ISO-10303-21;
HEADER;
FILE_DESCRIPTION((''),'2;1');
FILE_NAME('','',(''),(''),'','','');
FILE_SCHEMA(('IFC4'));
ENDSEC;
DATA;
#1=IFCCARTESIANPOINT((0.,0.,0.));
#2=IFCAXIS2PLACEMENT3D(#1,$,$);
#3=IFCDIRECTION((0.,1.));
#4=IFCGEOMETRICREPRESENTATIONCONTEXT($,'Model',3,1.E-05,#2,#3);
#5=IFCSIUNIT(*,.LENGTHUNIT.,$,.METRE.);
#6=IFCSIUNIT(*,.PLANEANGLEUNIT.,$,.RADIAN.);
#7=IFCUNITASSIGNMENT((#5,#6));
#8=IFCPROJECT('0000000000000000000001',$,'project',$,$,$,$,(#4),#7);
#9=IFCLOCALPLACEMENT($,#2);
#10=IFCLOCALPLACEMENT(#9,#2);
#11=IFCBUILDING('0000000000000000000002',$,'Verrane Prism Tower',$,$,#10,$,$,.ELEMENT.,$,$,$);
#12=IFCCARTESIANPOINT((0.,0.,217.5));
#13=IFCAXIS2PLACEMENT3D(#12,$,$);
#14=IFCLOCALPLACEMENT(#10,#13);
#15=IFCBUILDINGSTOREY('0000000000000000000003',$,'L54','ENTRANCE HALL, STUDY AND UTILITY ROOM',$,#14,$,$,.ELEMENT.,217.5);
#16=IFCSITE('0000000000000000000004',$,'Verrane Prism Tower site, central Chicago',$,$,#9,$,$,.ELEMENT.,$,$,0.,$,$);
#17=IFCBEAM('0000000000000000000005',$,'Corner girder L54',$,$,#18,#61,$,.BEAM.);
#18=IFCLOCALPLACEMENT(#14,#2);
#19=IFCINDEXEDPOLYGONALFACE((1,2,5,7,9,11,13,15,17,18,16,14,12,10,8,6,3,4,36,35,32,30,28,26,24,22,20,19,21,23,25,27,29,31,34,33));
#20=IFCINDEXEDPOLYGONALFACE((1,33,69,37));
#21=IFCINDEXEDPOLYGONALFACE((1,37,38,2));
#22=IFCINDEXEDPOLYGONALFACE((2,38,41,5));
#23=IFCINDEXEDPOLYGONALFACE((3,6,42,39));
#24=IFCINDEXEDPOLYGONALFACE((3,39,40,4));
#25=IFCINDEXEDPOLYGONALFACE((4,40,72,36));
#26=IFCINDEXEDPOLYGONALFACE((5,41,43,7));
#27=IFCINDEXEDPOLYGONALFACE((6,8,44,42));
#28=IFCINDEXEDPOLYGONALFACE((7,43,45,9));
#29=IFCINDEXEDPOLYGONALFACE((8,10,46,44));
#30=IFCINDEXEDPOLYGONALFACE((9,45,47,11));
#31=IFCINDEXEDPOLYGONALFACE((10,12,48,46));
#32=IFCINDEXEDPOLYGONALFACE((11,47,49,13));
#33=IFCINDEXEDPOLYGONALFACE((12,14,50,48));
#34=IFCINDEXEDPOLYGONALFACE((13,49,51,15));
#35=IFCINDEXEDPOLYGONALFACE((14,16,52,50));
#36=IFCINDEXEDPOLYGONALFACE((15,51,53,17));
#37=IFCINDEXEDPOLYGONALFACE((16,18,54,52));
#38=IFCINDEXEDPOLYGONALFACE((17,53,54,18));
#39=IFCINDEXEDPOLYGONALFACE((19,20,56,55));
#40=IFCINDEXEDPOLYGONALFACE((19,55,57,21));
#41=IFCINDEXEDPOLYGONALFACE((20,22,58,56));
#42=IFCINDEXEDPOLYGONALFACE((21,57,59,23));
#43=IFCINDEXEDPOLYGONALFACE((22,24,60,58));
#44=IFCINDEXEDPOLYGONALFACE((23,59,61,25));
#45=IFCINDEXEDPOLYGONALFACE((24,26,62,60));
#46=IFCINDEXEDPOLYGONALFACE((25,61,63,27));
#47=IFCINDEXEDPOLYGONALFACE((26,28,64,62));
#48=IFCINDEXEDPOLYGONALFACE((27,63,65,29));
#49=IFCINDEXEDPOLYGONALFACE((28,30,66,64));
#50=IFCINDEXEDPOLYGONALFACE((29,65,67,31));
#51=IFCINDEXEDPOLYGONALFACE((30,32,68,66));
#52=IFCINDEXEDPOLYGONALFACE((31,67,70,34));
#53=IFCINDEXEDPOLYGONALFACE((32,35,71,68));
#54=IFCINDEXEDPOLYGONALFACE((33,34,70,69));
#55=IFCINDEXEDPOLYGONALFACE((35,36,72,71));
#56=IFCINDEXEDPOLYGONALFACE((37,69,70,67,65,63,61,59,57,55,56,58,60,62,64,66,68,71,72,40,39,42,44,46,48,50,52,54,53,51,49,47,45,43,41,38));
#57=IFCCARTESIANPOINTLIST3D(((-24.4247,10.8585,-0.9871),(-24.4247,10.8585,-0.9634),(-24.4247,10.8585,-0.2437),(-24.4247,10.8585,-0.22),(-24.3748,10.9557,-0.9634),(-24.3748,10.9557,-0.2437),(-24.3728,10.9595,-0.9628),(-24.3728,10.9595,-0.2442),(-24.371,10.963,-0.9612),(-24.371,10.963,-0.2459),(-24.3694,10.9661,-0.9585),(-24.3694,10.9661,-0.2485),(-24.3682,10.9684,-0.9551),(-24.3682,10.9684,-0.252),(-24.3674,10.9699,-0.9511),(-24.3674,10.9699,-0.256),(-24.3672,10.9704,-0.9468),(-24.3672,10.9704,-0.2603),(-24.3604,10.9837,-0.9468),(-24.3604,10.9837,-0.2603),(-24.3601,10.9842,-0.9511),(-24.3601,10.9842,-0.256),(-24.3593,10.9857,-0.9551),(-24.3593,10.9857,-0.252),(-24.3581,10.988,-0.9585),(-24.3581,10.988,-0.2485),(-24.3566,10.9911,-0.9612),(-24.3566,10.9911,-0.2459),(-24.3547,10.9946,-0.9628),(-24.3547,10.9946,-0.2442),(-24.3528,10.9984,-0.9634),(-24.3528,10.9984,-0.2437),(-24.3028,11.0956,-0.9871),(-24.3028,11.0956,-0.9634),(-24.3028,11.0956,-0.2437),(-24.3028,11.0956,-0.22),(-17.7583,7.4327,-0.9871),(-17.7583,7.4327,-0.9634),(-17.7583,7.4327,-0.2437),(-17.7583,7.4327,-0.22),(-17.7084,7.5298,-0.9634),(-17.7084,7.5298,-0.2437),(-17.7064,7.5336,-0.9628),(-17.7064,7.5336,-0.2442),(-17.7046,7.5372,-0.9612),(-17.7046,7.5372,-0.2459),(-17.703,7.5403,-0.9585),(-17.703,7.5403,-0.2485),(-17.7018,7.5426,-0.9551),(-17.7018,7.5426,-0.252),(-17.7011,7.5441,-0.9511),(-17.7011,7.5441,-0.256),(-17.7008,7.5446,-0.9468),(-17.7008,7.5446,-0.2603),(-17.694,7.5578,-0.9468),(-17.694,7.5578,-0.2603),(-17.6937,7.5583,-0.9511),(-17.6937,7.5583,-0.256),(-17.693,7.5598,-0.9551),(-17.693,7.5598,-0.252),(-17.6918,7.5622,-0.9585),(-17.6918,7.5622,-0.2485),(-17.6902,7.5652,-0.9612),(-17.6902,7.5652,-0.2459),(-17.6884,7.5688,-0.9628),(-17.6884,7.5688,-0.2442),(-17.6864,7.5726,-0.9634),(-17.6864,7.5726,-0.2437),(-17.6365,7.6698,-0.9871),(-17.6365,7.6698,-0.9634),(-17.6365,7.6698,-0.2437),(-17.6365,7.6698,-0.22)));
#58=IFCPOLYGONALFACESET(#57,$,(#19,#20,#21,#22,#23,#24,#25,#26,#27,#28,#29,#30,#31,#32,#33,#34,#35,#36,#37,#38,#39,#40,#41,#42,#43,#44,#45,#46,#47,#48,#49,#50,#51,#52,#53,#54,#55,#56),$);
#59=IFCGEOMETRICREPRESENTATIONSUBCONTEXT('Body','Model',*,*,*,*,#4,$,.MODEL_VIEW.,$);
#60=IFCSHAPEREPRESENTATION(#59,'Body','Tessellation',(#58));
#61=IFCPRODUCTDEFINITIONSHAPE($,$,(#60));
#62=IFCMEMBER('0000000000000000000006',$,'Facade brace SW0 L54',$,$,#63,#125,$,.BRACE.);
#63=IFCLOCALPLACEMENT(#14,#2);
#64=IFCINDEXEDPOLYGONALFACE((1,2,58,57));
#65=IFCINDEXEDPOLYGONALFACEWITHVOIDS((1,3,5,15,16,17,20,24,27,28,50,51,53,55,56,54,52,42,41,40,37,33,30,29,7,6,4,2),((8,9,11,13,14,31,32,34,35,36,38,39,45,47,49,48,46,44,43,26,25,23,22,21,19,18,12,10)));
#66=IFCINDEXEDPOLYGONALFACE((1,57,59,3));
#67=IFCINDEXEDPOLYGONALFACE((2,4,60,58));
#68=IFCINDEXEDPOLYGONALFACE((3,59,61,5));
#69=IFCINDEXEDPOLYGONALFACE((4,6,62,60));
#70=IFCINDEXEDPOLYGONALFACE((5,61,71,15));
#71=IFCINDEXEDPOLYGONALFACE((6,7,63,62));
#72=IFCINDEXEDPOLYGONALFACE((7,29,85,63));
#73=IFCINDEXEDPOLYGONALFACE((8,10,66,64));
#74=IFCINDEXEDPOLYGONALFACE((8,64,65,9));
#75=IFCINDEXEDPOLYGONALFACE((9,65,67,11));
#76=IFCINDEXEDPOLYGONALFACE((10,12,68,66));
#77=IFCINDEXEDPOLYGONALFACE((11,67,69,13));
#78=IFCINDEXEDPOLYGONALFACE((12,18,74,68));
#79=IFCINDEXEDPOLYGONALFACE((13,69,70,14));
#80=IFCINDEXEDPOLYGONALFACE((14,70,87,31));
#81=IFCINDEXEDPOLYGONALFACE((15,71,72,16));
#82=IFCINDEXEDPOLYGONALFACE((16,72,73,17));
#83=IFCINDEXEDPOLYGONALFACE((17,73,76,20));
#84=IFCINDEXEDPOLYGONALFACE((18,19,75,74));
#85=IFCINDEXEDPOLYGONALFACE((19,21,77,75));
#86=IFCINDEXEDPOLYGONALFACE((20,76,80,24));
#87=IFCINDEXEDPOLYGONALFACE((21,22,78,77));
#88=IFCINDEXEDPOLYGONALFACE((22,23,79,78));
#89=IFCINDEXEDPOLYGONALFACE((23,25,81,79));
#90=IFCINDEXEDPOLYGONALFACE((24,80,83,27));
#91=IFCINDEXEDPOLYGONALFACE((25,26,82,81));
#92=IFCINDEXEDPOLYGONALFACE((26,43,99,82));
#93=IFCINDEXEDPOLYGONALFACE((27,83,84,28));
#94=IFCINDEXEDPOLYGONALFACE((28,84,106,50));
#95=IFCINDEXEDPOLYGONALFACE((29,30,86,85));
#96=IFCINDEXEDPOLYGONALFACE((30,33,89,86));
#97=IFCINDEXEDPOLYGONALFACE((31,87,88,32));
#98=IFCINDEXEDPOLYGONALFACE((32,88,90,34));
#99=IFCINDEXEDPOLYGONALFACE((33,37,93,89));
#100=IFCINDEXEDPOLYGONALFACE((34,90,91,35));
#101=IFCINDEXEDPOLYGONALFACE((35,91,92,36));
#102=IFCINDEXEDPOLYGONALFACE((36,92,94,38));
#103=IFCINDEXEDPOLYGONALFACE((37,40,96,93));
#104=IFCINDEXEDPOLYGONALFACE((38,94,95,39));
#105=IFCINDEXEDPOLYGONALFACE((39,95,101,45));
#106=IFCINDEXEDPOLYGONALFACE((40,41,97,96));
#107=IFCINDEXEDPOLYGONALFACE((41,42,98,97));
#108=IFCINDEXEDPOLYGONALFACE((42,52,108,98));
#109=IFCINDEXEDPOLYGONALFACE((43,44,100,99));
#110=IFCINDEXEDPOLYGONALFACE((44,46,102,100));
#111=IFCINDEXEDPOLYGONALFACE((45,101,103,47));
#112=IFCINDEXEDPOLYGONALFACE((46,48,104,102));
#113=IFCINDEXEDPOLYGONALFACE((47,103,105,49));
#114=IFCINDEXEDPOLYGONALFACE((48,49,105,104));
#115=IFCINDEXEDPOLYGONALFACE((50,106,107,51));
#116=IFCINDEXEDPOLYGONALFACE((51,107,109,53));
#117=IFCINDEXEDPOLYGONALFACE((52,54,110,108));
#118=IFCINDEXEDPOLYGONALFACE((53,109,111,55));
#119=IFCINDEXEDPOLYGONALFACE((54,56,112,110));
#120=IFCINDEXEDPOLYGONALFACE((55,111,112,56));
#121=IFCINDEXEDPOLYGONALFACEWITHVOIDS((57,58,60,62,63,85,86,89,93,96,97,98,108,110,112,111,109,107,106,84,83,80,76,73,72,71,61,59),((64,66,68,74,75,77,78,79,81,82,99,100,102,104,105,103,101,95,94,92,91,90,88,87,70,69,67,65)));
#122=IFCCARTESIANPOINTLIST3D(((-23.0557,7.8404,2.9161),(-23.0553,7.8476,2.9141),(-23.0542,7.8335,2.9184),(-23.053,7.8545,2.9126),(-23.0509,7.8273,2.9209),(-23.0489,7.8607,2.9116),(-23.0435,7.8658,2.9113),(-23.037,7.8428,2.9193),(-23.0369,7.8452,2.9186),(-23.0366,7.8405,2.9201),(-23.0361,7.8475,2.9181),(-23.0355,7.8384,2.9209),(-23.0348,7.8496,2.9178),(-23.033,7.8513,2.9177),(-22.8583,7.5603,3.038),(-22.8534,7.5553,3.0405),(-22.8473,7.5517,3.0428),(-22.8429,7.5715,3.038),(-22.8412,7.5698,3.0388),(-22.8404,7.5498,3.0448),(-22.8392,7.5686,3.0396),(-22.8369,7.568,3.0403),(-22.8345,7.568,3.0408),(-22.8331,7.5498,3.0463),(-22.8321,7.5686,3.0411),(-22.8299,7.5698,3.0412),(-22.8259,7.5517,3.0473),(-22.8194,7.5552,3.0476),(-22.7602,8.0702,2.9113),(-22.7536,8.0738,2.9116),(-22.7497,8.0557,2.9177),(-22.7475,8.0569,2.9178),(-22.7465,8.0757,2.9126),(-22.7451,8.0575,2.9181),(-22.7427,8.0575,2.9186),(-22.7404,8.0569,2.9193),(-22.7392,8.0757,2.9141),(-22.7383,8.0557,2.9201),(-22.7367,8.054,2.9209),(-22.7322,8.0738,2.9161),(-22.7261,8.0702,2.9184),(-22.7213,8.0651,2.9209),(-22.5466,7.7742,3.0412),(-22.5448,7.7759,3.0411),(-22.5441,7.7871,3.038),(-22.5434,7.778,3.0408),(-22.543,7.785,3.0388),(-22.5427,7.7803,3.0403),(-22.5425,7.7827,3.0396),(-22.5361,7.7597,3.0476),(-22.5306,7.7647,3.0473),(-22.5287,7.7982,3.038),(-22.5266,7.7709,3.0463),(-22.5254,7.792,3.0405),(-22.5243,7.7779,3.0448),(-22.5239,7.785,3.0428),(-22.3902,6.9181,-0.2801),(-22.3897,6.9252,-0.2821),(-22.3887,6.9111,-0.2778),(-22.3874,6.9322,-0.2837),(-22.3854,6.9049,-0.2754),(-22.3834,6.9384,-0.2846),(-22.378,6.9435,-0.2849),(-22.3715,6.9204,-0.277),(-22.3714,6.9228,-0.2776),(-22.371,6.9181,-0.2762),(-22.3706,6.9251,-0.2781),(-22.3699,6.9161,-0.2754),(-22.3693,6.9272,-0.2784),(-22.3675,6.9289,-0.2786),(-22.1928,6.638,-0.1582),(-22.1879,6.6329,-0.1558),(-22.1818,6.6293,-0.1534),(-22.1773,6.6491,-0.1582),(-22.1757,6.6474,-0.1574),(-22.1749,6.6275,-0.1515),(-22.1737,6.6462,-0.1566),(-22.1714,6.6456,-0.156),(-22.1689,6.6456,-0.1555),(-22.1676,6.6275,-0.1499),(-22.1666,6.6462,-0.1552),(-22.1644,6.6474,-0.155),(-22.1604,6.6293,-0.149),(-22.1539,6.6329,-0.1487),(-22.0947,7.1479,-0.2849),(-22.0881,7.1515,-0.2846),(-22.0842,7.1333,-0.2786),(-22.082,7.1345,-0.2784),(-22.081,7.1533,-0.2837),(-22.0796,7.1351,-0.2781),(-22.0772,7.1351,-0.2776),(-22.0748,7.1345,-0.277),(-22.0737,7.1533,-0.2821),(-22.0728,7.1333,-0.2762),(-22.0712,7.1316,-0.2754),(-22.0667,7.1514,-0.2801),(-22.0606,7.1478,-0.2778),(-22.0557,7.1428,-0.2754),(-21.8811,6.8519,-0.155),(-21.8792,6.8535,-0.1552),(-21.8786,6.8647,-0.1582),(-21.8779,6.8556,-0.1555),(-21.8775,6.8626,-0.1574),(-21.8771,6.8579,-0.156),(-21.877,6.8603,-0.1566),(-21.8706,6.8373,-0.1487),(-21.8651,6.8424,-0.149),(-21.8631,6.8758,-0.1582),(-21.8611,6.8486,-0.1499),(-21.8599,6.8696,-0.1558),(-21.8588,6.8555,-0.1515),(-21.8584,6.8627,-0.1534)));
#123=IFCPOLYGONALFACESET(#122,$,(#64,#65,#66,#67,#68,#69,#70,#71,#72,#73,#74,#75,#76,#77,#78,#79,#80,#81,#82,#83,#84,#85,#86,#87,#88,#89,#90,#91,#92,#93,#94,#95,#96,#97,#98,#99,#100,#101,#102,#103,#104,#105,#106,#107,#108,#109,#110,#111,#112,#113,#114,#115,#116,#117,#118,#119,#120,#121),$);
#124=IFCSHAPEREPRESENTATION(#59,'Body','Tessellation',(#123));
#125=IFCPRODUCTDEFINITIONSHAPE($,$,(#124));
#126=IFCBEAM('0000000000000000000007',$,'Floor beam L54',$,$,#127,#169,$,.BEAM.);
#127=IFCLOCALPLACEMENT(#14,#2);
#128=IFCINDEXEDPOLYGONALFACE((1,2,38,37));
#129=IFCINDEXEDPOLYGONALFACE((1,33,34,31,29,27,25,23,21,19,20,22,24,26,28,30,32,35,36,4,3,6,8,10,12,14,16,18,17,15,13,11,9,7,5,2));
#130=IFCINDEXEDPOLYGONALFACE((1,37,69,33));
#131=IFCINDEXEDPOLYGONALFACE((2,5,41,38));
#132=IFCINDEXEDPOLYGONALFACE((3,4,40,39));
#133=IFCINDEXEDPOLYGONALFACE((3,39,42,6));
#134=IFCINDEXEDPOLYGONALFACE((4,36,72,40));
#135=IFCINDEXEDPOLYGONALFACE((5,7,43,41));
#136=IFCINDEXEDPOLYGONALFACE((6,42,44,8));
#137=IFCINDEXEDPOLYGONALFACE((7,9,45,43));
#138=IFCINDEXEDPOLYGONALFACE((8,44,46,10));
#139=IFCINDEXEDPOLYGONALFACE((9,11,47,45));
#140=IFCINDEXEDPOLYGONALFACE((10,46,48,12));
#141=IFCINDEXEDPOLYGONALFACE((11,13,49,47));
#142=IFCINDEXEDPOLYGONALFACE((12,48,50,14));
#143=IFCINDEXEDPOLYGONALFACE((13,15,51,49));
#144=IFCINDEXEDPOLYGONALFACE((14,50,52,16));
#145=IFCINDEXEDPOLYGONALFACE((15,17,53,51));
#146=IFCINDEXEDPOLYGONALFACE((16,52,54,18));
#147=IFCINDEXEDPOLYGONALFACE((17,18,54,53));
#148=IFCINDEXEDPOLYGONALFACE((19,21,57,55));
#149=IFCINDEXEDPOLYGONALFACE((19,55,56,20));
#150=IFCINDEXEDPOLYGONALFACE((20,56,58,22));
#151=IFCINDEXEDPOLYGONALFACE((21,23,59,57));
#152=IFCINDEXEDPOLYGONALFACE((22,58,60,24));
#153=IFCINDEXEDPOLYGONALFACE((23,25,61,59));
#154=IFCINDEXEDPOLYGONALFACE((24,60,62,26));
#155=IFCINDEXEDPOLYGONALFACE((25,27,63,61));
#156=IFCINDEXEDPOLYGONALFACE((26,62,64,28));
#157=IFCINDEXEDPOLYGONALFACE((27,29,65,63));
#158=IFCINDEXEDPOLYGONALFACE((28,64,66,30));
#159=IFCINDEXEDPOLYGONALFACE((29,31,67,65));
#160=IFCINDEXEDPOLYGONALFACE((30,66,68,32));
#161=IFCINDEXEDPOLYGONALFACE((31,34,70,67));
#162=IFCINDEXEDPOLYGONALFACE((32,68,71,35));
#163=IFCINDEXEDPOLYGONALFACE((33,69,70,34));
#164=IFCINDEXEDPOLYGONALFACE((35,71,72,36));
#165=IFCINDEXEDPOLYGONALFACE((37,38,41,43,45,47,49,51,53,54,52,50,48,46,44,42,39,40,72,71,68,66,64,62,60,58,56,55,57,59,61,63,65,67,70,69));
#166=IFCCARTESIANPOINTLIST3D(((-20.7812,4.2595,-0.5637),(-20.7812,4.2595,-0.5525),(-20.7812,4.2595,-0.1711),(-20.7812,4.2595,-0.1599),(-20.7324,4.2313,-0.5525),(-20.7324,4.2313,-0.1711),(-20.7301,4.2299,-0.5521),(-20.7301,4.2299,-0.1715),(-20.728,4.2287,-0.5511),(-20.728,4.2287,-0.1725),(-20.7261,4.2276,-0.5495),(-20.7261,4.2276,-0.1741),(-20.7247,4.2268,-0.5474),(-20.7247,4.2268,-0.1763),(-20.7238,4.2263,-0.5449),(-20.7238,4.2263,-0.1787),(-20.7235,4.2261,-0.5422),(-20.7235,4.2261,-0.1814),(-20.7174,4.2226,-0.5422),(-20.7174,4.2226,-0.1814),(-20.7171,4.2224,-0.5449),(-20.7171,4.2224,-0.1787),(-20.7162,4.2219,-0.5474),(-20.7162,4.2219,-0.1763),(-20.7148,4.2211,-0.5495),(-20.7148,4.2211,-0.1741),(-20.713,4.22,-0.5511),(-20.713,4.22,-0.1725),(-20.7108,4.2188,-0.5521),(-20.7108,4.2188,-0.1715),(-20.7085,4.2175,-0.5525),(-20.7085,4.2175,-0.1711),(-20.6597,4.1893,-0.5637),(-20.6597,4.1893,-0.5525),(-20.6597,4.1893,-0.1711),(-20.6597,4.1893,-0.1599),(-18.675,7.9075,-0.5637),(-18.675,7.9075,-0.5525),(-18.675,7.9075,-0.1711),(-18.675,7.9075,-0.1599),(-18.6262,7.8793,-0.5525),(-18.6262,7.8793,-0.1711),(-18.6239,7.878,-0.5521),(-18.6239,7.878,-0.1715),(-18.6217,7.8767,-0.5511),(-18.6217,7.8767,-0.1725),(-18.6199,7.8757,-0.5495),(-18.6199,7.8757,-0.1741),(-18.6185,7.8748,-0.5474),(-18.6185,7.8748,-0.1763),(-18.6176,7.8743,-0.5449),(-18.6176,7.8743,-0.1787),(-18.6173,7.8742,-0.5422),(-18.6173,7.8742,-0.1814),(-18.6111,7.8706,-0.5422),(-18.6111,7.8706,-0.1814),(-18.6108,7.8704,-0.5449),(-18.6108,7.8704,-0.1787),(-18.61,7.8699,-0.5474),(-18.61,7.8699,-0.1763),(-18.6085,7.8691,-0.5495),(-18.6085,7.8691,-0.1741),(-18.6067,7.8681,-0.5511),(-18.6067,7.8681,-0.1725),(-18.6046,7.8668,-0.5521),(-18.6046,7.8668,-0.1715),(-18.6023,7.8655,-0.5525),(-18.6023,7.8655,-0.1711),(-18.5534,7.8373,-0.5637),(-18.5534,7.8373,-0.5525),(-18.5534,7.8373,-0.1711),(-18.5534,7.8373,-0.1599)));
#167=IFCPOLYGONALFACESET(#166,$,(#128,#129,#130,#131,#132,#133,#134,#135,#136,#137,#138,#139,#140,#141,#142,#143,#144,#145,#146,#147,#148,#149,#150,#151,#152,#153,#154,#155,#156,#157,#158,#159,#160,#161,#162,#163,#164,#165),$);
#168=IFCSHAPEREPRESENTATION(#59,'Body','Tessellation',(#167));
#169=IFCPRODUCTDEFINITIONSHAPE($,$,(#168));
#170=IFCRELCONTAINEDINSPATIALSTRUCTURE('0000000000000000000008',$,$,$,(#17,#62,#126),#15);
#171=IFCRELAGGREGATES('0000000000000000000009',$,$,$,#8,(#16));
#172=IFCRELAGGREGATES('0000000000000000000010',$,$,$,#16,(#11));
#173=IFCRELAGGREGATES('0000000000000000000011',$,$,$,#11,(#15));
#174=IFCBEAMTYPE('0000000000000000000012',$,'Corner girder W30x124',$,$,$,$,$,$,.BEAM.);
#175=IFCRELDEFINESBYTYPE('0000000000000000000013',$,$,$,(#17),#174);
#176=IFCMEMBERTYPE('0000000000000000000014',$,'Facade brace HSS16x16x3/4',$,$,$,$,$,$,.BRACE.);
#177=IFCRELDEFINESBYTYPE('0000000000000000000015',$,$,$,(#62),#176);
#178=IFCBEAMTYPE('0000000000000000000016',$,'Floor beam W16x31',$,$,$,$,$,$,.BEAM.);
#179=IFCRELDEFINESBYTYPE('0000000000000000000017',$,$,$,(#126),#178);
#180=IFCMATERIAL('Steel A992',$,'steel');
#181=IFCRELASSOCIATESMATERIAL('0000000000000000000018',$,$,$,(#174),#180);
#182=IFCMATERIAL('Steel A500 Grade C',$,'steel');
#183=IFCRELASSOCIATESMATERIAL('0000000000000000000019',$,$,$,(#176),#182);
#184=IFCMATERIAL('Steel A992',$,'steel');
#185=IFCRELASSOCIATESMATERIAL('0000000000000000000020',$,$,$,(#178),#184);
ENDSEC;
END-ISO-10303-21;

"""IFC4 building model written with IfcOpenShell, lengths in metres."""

from ifc_helpers import new_model, si_unit, direction, frame, origin, origin_2d, place, context, subcontext, project, spatial, hollow_rectangle, i_section, extrude, material, material_profile, profile_set, type_object, element, save


model = new_model("IFC4")

# Units and contexts
model_context = context("Model", 3, precision=1e-05, world=origin(), true_north=direction((0.0, 1.0)))
body_context = subcontext(model_context, "Body", "Model", "MODEL_VIEW")
ifc_project = project(units=[si_unit("LENGTHUNIT", "METRE"), si_unit("PLANEANGLEUNIT", "RADIAN")], contexts=[model_context])

# Site, building, storey
site_placement = place(None, origin())
site = spatial("IfcSite", under=ifc_project, at=site_placement, Name="Verrane Prism Tower site, central Chicago", CompositionType="ELEMENT", RefElevation=0.0)
building_placement = place(site_placement, origin())
building = spatial("IfcBuilding", under=site, at=building_placement, Name="Verrane Prism Tower", CompositionType="ELEMENT")
storey_placement = place(building_placement, frame((0.0, 0.0, 217.5)))
storey = spatial("IfcBuildingStorey", under=building, at=storey_placement, Name="L54", Description="ENTRANCE HALL, STUDY AND UTILITY ROOM", CompositionType="ELEMENT", Elevation=217.5)

# Beam
ifc_material_1 = material(Name="Steel A992", Category="steel")
ifc_material_profile_1 = material_profile(ifc_material_1, i_section(OverallWidth=0.2666, OverallDepth=0.7671, WebThickness=0.0149, FlangeThickness=0.0237, FilletRadius=0.0166, at=origin_2d()), Name="W30x124")
ifc_profile_set_1 = profile_set([ifc_material_profile_1], Name="Steel A992")
beam_type_1 = type_object("IfcBeamType", Name="Corner girder W30x124", PredefinedType="BEAM", material=ifc_profile_set_1)
beam_1_placement = place(storey_placement, frame((-24.3638, 10.9771, -0.6035), z_axis=(0.889428, -0.457076, 0.0), x_axis=(0.457076, 0.889428, 0.0)))
element("IfcBeam", 1, at=beam_1_placement, inside=storey, type_object=beam_type_1, Name="Corner girder L54", PredefinedType="BEAM", context=body_context, shape_type="SweptSolid", body=[
    extrude(i_section(OverallWidth=0.2666, OverallDepth=0.7671, WebThickness=0.0149, FlangeThickness=0.0237, FilletRadius=0.0166, at=origin_2d()), origin(), (0.0, 0.0, 1.0), 7.4951),
])

# Member
ifc_material_2 = material(Name="Steel A500 Grade C", Category="steel")
ifc_material_profile_2 = material_profile(ifc_material_2, hollow_rectangle(XDim=0.4065, YDim=0.4065, WallThickness=0.019, InnerFilletRadius=0.0095, OuterFilletRadius=0.0286, at=origin_2d()), Name="HSS16x16x3/4")
ifc_profile_set_2 = profile_set([ifc_material_profile_2], Name="Steel A500 Grade C")
member_type_1 = type_object("IfcMemberType", Name="Facade brace HSS16x16x3/4", PredefinedType="BRACE", material=ifc_profile_set_2)
member_1_placement = place(storey_placement, frame((-22.1243, 6.8904, -0.2168), z_axis=(-0.196169, 0.271873, 0.942127), x_axis=(-0.81094, -0.58513, 0.0)))
element("IfcMember", 2, at=member_1_placement, inside=storey, type_object=member_type_1, Name="Facade brace SW0 L54", PredefinedType="BRACE", context=body_context, shape_type="SweptSolid", body=[
    extrude(hollow_rectangle(XDim=0.4065, YDim=0.4065, WallThickness=0.019, InnerFilletRadius=0.0095, OuterFilletRadius=0.0286, at=origin_2d()), origin(), (0.0, 0.0, 1.0), 3.3926),
])

# Beam
ifc_material_3 = material(Name="Steel A992", Category="steel")
ifc_material_profile_3 = material_profile(ifc_material_3, i_section(OverallWidth=0.1404, OverallDepth=0.4038, WebThickness=0.0071, FlangeThickness=0.0112, FilletRadius=0.0103, at=origin_2d()), Name="W16x31")
ifc_profile_set_3 = profile_set([ifc_material_profile_3], Name="Steel A992")
beam_type_2 = type_object("IfcBeamType", Name="Floor beam W16x31", PredefinedType="BEAM", material=ifc_profile_set_3)
beam_2_placement = place(storey_placement, frame((-20.7205, 4.2244, -0.3618), z_axis=(0.50001, 0.86602, 0.0), x_axis=(-0.86602, 0.50001, 0.0)))
element("IfcBeam", 3, at=beam_2_placement, inside=storey, type_object=beam_type_2, Name="Floor beam L54", PredefinedType="BEAM", context=body_context, shape_type="SweptSolid", body=[
    extrude(i_section(OverallWidth=0.1404, OverallDepth=0.4038, WebThickness=0.0071, FlangeThickness=0.0112, FilletRadius=0.0103, at=origin_2d()), origin(), (0.0, 0.0, 1.0), 4.2124),
])

save(model, "model.ifc")
